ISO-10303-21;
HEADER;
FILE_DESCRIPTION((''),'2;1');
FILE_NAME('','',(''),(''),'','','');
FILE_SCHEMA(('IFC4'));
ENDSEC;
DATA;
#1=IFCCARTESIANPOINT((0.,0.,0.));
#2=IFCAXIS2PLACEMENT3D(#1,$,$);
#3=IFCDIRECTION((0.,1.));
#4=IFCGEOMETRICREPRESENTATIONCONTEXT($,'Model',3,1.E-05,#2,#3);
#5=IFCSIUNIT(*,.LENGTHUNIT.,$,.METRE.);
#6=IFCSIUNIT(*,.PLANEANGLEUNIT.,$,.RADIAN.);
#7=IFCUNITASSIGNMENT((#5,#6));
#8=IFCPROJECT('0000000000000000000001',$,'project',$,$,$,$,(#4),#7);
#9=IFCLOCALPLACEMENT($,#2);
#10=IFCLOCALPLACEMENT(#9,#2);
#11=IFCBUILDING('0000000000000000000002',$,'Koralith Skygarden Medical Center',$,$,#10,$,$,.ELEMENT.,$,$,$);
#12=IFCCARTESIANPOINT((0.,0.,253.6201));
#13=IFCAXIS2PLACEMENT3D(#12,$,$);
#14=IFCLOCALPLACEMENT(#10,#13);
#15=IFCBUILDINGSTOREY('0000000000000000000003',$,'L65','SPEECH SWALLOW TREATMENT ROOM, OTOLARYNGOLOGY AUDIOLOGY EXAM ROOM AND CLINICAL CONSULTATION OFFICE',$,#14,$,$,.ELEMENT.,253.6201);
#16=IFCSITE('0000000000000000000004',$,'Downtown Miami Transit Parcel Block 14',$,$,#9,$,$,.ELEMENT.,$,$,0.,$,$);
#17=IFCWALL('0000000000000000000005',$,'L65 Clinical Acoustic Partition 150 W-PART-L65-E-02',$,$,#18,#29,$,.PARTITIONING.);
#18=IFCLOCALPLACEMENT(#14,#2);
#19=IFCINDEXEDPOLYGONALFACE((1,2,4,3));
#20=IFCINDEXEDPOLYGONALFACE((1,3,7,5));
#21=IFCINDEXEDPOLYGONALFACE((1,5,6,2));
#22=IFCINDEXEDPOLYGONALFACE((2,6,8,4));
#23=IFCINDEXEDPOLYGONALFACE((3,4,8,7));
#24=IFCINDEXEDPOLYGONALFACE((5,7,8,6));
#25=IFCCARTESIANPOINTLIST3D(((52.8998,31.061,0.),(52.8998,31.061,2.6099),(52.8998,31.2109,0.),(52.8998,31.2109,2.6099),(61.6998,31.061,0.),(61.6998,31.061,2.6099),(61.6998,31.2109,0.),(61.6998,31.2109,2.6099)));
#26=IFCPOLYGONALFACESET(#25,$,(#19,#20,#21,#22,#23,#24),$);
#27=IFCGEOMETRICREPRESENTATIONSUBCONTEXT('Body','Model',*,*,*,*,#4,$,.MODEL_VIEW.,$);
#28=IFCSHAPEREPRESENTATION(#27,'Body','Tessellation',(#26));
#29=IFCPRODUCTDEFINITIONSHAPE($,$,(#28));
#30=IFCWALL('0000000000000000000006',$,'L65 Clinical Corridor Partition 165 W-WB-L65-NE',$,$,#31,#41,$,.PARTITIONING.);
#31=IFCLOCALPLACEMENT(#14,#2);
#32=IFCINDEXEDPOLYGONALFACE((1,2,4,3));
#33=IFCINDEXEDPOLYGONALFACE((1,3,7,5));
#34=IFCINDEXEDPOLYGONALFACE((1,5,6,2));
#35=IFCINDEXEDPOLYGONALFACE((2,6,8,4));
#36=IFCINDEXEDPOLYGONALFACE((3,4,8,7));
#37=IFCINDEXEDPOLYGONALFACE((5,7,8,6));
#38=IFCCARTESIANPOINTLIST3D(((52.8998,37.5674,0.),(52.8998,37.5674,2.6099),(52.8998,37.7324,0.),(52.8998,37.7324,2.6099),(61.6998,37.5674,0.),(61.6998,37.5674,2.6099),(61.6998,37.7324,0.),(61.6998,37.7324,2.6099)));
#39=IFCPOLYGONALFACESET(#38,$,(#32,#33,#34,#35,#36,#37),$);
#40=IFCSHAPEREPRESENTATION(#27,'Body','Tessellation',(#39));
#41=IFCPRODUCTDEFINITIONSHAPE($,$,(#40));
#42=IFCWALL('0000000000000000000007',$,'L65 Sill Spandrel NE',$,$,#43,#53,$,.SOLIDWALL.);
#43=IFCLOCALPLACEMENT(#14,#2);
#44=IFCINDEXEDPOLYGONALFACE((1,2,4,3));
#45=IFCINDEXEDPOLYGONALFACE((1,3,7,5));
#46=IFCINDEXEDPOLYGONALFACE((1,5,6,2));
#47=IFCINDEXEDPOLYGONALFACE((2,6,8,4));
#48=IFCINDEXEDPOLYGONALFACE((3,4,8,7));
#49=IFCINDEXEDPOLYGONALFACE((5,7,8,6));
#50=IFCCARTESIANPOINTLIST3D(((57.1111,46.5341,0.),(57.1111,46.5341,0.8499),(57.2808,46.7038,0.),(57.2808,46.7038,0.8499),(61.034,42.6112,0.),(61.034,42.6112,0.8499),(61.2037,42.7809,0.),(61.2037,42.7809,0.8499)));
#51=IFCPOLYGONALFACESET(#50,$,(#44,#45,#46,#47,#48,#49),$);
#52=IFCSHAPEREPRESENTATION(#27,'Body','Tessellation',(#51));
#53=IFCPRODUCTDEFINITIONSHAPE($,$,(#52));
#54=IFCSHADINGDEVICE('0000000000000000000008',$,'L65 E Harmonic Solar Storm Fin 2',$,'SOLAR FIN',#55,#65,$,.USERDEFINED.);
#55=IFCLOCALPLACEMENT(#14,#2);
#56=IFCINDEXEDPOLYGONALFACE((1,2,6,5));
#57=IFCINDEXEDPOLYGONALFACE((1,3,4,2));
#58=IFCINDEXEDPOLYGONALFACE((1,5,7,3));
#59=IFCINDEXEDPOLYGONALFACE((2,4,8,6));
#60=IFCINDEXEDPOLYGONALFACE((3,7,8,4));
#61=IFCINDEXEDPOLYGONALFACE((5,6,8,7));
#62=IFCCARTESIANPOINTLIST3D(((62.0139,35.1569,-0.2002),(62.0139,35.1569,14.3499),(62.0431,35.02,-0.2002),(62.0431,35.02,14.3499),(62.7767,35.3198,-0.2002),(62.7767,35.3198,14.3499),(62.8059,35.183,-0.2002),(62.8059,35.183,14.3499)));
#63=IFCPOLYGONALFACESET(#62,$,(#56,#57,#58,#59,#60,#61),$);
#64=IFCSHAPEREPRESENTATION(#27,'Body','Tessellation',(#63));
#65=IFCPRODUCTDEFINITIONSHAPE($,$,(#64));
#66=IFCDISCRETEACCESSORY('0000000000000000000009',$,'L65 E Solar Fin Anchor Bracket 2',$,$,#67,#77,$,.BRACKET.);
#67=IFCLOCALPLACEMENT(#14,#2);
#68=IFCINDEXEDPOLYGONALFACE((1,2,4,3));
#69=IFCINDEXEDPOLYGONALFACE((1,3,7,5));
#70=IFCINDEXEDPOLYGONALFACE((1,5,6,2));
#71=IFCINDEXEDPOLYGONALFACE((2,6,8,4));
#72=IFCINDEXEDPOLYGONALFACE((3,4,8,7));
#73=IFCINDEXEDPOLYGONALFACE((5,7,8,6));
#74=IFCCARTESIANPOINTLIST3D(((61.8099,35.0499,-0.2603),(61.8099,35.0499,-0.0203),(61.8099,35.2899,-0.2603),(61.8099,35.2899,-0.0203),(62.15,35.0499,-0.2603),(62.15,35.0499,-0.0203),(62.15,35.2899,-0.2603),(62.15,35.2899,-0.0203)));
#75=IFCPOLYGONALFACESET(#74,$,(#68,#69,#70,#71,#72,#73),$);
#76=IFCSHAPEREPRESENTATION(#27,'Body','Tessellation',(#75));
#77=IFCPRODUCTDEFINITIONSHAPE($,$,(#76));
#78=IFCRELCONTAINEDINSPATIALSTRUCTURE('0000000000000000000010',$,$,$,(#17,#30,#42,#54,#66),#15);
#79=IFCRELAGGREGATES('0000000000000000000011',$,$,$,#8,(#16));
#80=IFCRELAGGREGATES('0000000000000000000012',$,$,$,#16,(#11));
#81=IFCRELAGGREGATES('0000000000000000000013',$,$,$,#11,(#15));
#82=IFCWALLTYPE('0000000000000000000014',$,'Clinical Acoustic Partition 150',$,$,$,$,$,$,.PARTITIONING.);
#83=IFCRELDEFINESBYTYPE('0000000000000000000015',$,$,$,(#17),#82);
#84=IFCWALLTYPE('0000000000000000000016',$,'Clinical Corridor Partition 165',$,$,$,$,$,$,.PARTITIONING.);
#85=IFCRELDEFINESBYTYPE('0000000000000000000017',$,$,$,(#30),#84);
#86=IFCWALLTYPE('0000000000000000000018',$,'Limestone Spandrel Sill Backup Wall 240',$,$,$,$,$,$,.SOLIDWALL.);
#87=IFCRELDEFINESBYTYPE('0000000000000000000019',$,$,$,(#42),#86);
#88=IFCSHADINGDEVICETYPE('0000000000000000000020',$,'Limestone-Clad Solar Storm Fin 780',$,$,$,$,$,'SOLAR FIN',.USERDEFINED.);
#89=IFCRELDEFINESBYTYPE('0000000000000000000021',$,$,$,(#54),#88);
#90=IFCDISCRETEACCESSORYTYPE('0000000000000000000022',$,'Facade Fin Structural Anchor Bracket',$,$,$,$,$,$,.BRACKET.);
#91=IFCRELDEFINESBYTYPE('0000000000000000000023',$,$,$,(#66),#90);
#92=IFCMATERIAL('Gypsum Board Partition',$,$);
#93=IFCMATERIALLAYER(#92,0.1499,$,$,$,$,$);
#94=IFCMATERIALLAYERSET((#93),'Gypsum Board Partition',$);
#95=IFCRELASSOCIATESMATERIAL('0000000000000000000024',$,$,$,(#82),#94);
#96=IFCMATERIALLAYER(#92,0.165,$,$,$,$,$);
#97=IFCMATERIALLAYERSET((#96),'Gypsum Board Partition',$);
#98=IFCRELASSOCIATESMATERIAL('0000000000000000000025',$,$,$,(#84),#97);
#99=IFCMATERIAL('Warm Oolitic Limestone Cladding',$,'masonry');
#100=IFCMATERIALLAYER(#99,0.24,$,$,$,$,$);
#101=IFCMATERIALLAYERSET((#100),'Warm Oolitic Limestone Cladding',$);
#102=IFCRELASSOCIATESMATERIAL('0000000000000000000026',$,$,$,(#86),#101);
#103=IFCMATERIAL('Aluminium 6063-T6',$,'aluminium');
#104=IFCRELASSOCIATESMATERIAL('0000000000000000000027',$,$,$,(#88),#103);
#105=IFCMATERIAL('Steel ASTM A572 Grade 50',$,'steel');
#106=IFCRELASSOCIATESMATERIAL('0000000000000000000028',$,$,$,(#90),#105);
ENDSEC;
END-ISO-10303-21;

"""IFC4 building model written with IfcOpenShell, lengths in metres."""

from ifc_helpers import new_model, si_unit, direction, frame, frame_2d, origin, origin_2d, place, context, subcontext, project, spatial, rectangle, extrude, material, layer, layer_set, type_object, element, save


model = new_model("IFC4")

# Units and contexts
model_context = context("Model", 3, precision=1e-05, world=origin(), true_north=direction((0.0, 1.0)))
body_context = subcontext(model_context, "Body", "Model", "MODEL_VIEW")
ifc_project = project(units=[si_unit("LENGTHUNIT", "METRE"), si_unit("PLANEANGLEUNIT", "RADIAN")], contexts=[model_context])

# Site, building, storey
site_placement = place(None, origin())
site = spatial("IfcSite", under=ifc_project, at=site_placement, Name="Downtown Miami Transit Parcel Block 14", CompositionType="ELEMENT", RefElevation=0.0)
building_placement = place(site_placement, origin())
building = spatial("IfcBuilding", under=site, at=building_placement, Name="Koralith Skygarden Medical Center", CompositionType="ELEMENT")
storey_placement = place(building_placement, frame((0.0, 0.0, 253.6201)))
storey = spatial("IfcBuildingStorey", under=building, at=storey_placement, Name="L65", Description="SPEECH SWALLOW TREATMENT ROOM, OTOLARYNGOLOGY AUDIOLOGY EXAM ROOM AND CLINICAL CONSULTATION OFFICE", CompositionType="ELEMENT", Elevation=253.6201)

# Shared definitions
ifc_material_1 = material(Name="Aluminium 6063-T6", Category="aluminium")

# Shared definitions
ifc_material_2 = material(Name="Warm Oolitic Limestone Cladding", Category="masonry")

# Walls
ifc_material_3 = material(Name="Gypsum Board Partition")
ifc_layer_1 = layer(ifc_material_3, 0.1499)
ifc_layer_set_1 = layer_set([ifc_layer_1], Name="Gypsum Board Partition")
wall_type_1 = type_object("IfcWallType", Name="Clinical Acoustic Partition 150", PredefinedType="PARTITIONING", material=ifc_layer_set_1)
wall_1_placement = place(storey_placement, frame((52.8999, 31.136, 0.0), z_axis=(0.0, 0.0, 1.0), x_axis=(1.0, 0.0, 0.0)))
element("IfcWall", 1, at=wall_1_placement, inside=storey, type_object=wall_type_1, Name="L65 Clinical Acoustic Partition 150 W-PART-L65-E-02", PredefinedType="PARTITIONING", context=body_context, shape_type="SweptSolid", body=[
    extrude(rectangle(XDim=8.8, YDim=0.1499, at=frame_2d((4.3999, 0.0))), origin(), (0.0, 0.0, 1.0), 2.6099),
])
ifc_layer_2 = layer(ifc_material_3, 0.165)
ifc_layer_set_2 = layer_set([ifc_layer_2], Name="Gypsum Board Partition")
wall_type_2 = type_object("IfcWallType", Name="Clinical Corridor Partition 165", PredefinedType="PARTITIONING", material=ifc_layer_set_2)
wall_2_placement = place(storey_placement, frame((52.8999, 37.6499, 0.0), z_axis=(0.0, 0.0, 1.0), x_axis=(1.0, 0.0, 0.0)))
element("IfcWall", 2, at=wall_2_placement, inside=storey, type_object=wall_type_2, Name="L65 Clinical Corridor Partition 165 W-WB-L65-NE", PredefinedType="PARTITIONING", context=body_context, shape_type="SweptSolid", body=[
    extrude(rectangle(XDim=8.8, YDim=0.165, at=frame_2d((4.3999, 0.0))), origin(), (0.0, 0.0, 1.0), 2.6099),
])

# Wall
ifc_layer_3 = layer(ifc_material_2, 0.24)
ifc_layer_set_3 = layer_set([ifc_layer_3], Name="Warm Oolitic Limestone Cladding")
wall_type_3 = type_object("IfcWallType", Name="Limestone Spandrel Sill Backup Wall 240", PredefinedType="SOLIDWALL", material=ifc_layer_set_3)
wall_3_placement = place(storey_placement, frame((61.1189, 42.696, 0.0), z_axis=(0.0, 0.0, 1.0), x_axis=(-0.707107, 0.707107, 0.0)))
element("IfcWall", 3, at=wall_3_placement, inside=storey, type_object=wall_type_3, Name="L65 Sill Spandrel NE", PredefinedType="SOLIDWALL", context=body_context, shape_type="SweptSolid", body=[
    extrude(rectangle(XDim=5.5479, YDim=0.24, at=frame_2d((2.7739, 0.0))), origin(), (0.0, 0.0, 1.0), 0.8499),
])

# Shading device
shading_device_type = type_object("IfcShadingDeviceType", Name="Limestone-Clad Solar Storm Fin 780", ElementType="SOLAR FIN", PredefinedType="USERDEFINED", material=ifc_material_1)
shading_device_placement = place(storey_placement, frame((62.4099, 35.1699, -0.2002), z_axis=(0.0, 0.0, 1.0), x_axis=(0.977937, 0.208902, 0.0)))
element("IfcShadingDevice", 4, at=shading_device_placement, inside=storey, type_object=shading_device_type, Name="L65 E Harmonic Solar Storm Fin 2", ObjectType="SOLAR FIN", PredefinedType="USERDEFINED", context=body_context, shape_type="SweptSolid", body=[
    extrude(rectangle(XDim=0.78, YDim=0.1399, at=origin_2d()), origin(), (0.0, 0.0, 1.0), 14.55),
])

# Discrete accessory
ifc_material_4 = material(Name="Steel ASTM A572 Grade 50", Category="steel")
discrete_accessory_type = type_object("IfcDiscreteAccessoryType", Name="Facade Fin Structural Anchor Bracket", PredefinedType="BRACKET", material=ifc_material_4)
discrete_accessory_placement = place(storey_placement, frame((61.98, 35.1699, -0.2603), z_axis=(0.0, 0.0, 1.0), x_axis=(1.0, 0.0, 0.0)))
element("IfcDiscreteAccessory", 5, at=discrete_accessory_placement, inside=storey, type_object=discrete_accessory_type, Name="L65 E Solar Fin Anchor Bracket 2", PredefinedType="BRACKET", context=body_context, shape_type="SweptSolid", body=[
    extrude(rectangle(XDim=0.3401, YDim=0.24, at=origin_2d()), origin(), (0.0, 0.0, 1.0), 0.24),
])

save(model, "model.ifc")
